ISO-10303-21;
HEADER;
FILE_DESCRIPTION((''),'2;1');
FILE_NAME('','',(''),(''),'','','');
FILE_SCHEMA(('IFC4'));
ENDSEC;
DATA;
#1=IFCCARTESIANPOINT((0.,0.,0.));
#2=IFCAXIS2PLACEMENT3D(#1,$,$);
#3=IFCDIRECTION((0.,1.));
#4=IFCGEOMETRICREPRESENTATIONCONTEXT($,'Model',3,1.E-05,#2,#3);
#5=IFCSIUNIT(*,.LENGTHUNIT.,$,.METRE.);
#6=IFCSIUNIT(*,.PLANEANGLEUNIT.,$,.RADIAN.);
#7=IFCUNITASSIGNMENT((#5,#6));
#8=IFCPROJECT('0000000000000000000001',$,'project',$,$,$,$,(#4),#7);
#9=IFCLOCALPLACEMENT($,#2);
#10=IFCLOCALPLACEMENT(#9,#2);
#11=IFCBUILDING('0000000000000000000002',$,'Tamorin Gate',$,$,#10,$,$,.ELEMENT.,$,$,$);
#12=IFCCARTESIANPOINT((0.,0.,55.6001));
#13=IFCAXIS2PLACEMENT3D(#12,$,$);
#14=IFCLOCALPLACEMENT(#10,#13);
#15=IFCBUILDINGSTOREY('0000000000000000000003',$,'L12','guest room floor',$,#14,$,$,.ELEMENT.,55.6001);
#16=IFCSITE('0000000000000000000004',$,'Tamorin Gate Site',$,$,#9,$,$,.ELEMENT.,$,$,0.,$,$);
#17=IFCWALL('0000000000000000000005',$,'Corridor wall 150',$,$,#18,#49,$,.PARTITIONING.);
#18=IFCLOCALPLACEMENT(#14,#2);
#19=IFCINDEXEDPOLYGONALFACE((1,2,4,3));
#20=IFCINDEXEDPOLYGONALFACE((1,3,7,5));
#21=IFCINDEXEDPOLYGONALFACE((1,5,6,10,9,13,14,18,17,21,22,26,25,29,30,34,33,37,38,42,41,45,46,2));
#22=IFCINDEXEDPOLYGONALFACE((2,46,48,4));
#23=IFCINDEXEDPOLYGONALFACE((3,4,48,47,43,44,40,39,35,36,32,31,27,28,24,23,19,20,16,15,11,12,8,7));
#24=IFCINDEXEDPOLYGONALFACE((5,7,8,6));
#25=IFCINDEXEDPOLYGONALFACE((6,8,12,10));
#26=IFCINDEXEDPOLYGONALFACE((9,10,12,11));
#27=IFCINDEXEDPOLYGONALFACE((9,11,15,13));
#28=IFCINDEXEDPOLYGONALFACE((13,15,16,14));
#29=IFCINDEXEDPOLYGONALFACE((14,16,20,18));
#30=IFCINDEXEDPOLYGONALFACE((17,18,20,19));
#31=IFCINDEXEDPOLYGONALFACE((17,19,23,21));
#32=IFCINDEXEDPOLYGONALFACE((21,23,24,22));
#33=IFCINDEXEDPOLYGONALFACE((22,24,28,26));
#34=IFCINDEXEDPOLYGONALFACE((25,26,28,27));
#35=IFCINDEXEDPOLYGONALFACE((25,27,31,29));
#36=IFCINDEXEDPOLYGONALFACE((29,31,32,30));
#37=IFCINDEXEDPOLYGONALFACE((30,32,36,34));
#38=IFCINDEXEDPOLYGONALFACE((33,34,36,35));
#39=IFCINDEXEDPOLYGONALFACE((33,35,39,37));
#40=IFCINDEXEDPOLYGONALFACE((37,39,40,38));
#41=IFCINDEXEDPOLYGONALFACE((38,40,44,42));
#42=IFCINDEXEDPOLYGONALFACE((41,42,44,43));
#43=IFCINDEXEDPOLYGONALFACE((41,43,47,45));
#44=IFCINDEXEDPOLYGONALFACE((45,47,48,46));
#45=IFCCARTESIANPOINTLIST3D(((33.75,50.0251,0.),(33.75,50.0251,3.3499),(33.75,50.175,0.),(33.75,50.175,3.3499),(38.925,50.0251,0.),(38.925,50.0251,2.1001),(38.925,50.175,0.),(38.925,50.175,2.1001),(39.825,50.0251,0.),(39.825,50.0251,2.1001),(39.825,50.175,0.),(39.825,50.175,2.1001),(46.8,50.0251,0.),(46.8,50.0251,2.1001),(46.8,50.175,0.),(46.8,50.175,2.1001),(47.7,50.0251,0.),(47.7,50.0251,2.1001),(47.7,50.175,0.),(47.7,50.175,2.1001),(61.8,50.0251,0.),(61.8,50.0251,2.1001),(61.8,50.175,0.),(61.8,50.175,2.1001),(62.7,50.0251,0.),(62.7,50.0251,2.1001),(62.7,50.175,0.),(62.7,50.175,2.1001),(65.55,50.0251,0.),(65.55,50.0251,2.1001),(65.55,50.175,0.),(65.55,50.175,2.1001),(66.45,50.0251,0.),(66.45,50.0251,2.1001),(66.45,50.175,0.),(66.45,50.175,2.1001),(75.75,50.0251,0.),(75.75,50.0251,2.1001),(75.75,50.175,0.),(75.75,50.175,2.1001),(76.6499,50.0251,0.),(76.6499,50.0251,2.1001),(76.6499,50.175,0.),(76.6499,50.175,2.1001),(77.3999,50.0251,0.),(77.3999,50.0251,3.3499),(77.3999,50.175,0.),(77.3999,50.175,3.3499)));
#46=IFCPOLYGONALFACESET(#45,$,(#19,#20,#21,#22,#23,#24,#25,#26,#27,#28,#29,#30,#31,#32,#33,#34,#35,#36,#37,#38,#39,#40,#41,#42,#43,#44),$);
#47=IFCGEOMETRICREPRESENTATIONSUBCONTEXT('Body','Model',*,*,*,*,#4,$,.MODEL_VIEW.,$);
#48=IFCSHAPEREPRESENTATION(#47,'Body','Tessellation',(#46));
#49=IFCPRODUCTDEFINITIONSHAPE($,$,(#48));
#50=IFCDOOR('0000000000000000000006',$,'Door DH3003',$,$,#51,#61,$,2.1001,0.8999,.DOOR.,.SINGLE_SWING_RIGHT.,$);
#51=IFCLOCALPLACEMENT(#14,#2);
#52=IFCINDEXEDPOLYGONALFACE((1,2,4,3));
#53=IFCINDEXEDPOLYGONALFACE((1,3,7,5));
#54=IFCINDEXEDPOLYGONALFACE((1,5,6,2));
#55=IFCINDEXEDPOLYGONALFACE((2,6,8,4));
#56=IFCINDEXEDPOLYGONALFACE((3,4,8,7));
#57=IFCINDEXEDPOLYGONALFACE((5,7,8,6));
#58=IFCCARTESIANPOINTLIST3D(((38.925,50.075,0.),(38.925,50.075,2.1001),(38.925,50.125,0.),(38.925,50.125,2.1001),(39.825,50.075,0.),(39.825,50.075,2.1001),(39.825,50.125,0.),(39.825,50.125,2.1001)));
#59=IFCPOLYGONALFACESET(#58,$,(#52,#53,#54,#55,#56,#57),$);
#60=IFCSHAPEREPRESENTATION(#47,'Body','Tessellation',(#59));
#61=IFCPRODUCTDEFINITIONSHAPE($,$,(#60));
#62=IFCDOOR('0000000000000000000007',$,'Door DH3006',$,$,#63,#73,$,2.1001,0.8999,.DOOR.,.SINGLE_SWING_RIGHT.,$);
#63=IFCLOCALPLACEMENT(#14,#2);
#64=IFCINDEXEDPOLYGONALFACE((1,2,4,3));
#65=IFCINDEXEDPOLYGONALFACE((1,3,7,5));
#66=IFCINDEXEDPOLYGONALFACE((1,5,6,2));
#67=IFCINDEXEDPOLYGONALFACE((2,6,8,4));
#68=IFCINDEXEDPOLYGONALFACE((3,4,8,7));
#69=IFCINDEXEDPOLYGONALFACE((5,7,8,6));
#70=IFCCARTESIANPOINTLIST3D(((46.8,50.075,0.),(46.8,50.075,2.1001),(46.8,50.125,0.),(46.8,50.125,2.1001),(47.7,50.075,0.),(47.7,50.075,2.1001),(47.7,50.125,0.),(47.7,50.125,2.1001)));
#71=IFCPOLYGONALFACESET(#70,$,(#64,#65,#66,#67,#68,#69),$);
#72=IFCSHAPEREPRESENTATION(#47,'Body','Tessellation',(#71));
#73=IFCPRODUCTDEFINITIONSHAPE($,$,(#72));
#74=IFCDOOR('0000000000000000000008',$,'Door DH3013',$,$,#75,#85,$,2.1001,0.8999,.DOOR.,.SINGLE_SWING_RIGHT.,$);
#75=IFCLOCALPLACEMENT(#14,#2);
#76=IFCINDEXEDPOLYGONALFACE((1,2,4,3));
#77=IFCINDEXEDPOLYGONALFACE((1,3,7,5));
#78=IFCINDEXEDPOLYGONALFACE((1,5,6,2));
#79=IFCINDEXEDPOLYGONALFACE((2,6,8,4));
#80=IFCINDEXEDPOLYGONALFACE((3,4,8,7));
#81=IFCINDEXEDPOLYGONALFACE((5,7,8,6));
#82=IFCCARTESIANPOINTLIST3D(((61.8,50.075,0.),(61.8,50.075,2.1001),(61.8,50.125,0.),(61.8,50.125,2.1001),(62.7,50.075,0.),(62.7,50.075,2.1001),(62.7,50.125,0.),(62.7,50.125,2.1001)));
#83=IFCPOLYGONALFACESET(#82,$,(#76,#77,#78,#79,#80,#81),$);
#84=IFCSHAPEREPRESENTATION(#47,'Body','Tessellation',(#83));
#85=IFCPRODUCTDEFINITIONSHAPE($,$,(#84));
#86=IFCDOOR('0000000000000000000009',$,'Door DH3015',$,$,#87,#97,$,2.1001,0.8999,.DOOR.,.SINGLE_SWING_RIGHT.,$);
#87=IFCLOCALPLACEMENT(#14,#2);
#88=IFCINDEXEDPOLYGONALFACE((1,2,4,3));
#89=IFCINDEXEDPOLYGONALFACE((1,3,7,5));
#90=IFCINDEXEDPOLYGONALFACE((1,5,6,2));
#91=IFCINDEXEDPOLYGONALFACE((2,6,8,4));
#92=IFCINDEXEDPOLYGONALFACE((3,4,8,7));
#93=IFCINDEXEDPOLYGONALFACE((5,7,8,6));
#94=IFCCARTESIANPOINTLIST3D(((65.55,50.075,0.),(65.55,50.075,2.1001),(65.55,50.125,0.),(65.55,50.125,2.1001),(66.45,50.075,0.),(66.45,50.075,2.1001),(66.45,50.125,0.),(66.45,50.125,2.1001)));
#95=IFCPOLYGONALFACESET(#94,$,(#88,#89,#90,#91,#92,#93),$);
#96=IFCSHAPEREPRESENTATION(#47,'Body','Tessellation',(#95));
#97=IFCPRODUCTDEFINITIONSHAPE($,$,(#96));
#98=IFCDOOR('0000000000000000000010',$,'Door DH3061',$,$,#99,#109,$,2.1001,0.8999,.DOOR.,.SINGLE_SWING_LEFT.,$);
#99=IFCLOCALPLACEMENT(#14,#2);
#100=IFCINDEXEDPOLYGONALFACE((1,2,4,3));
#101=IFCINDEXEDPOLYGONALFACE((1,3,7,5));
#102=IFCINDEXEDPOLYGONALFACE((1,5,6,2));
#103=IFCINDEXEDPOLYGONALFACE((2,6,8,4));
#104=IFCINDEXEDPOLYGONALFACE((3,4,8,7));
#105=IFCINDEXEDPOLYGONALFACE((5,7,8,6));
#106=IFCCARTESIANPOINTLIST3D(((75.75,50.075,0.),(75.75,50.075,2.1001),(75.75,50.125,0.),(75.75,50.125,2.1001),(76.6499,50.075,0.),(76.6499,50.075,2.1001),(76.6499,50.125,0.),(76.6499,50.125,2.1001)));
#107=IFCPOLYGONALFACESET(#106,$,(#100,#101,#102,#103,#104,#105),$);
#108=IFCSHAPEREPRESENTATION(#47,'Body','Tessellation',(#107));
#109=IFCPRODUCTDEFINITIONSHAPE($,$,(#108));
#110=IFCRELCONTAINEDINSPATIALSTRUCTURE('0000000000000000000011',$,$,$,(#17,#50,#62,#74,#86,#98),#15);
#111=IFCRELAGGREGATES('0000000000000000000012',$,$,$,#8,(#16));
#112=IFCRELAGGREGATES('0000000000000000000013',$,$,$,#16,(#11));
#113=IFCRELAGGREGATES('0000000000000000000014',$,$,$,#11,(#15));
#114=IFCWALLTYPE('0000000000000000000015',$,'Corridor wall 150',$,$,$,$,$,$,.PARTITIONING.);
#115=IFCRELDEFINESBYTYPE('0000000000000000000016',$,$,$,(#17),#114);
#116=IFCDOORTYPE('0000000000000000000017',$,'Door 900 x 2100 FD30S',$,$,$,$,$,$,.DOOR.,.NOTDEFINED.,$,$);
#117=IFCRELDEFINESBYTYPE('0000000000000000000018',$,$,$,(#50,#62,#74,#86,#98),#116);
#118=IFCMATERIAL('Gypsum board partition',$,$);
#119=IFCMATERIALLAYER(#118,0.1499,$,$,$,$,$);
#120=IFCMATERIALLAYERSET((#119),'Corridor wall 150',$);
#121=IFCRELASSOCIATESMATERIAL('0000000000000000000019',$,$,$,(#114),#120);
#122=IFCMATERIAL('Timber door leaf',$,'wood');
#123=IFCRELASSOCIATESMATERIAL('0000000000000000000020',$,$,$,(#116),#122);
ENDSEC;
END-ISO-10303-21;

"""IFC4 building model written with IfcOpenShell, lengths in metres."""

from ifc_helpers import new_model, si_unit, direction, frame, frame_2d, origin, place, context, subcontext, project, spatial, rectangle, extrude, material, layer, layer_set, type_object, element, fill, save


model = new_model("IFC4")

# Units and contexts
model_context = context("Model", 3, precision=1e-05, world=origin(), true_north=direction((0.0, 1.0)))
body_context = subcontext(model_context, "Body", "Model", "MODEL_VIEW")
ifc_project = project(units=[si_unit("LENGTHUNIT", "METRE"), si_unit("PLANEANGLEUNIT", "RADIAN")], contexts=[model_context])

# Site, building, storey
site_placement = place(None, origin())
site = spatial("IfcSite", under=ifc_project, at=site_placement, Name="Tamorin Gate Site", CompositionType="ELEMENT", RefElevation=0.0)
building_placement = place(site_placement, origin())
building = spatial("IfcBuilding", under=site, at=building_placement, Name="Tamorin Gate", CompositionType="ELEMENT")
storey_placement = place(building_placement, frame((0.0, 0.0, 55.6001)))
storey = spatial("IfcBuildingStorey", under=building, at=storey_placement, Name="L12", Description="guest room floor", CompositionType="ELEMENT", Elevation=55.6001)

# Wall, openings, doors
ifc_material_1 = material(Name="Gypsum board partition")
ifc_layer_1 = layer(ifc_material_1, 0.1499)
ifc_layer_set_1 = layer_set([ifc_layer_1], Name="Corridor wall 150")
wall_type_1 = type_object("IfcWallType", Name="Corridor wall 150", PredefinedType="PARTITIONING", material=ifc_layer_set_1)
wall_1_placement = place(storey_placement, frame((33.75, 50.1001, 0.0), z_axis=(0.0, 0.0, 1.0), x_axis=(1.0, 0.0, 0.0)))
wall_1 = element("IfcWall", 1, at=wall_1_placement, inside=storey, type_object=wall_type_1, Name="Corridor wall 150", PredefinedType="PARTITIONING", context=body_context, shape_type="SweptSolid", body=[
    extrude(rectangle(XDim=43.6499, YDim=0.1499, at=frame_2d((21.825, 0.0))), origin(), (0.0, 0.0, 1.0), 3.3499),
])
opening_1_placement = place(wall_1_placement, frame((5.175, 0.0, 0.0)))
opening_1 = element("IfcOpeningElement", 2, at=opening_1_placement, cuts=wall_1, PredefinedType="OPENING", context=body_context, shape_type="SweptSolid", body=[
    extrude(rectangle(XDim=0.8999, YDim=2.1001, at=frame_2d((0.45, 1.05))), frame((0.0, 0.085, 0.0), z_axis=(0.0, -1.0, 0.0), x_axis=(1.0, 0.0, 0.0)), (0.0, 0.0, 1.0), 0.1699),
])
opening_2_placement = place(wall_1_placement, frame((13.05, 0.0, 0.0)))
opening_2 = element("IfcOpeningElement", 3, at=opening_2_placement, cuts=wall_1, PredefinedType="OPENING", context=body_context, shape_type="SweptSolid", body=[
    extrude(rectangle(XDim=0.8999, YDim=2.1001, at=frame_2d((0.45, 1.05))), frame((0.0, 0.085, 0.0), z_axis=(0.0, -1.0, 0.0), x_axis=(1.0, 0.0, 0.0)), (0.0, 0.0, 1.0), 0.1699),
])
opening_3_placement = place(wall_1_placement, frame((28.05, 0.0, 0.0)))
opening_3 = element("IfcOpeningElement", 4, at=opening_3_placement, cuts=wall_1, PredefinedType="OPENING", context=body_context, shape_type="SweptSolid", body=[
    extrude(rectangle(XDim=0.8999, YDim=2.1001, at=frame_2d((0.45, 1.05))), frame((0.0, 0.085, 0.0), z_axis=(0.0, -1.0, 0.0), x_axis=(1.0, 0.0, 0.0)), (0.0, 0.0, 1.0), 0.1699),
])
opening_4_placement = place(wall_1_placement, frame((31.8, 0.0, 0.0)))
opening_4 = element("IfcOpeningElement", 5, at=opening_4_placement, cuts=wall_1, PredefinedType="OPENING", context=body_context, shape_type="SweptSolid", body=[
    extrude(rectangle(XDim=0.8999, YDim=2.1001, at=frame_2d((0.45, 1.05))), frame((0.0, 0.085, 0.0), z_axis=(0.0, -1.0, 0.0), x_axis=(1.0, 0.0, 0.0)), (0.0, 0.0, 1.0), 0.1699),
])
opening_5_placement = place(wall_1_placement, frame((42.0, 0.0, 0.0)))
opening_5 = element("IfcOpeningElement", 6, at=opening_5_placement, cuts=wall_1, PredefinedType="OPENING", context=body_context, shape_type="SweptSolid", body=[
    extrude(rectangle(XDim=0.8999, YDim=2.1001, at=frame_2d((0.45, 1.05))), frame((0.0, 0.085, 0.0), z_axis=(0.0, -1.0, 0.0), x_axis=(1.0, 0.0, 0.0)), (0.0, 0.0, 1.0), 0.1699),
])
ifc_material_2 = material(Name="Timber door leaf", Category="wood")
door_type_1 = type_object("IfcDoorType", Name="Door 900 x 2100 FD30S", OperationType="NOTDEFINED", PredefinedType="DOOR", material=ifc_material_2)
door_1_placement = place(opening_1_placement, origin())
door_1 = element("IfcDoor", 7, at=door_1_placement, inside=storey, type_object=door_type_1, Name="Door DH3003", OperationType="SINGLE_SWING_RIGHT", OverallHeight=2.1001, OverallWidth=0.8999, PredefinedType="DOOR", context=body_context, shape_type="SweptSolid", body=[
    extrude(rectangle(XDim=0.8999, YDim=2.1001, at=frame_2d((0.45, 1.05))), frame((0.0, 0.0249, 0.0), z_axis=(0.0, -1.0, 0.0), x_axis=(1.0, 0.0, 0.0)), (0.0, 0.0, 1.0), 0.05),
])
fill(opening_1, door_1)
door_2_placement = place(opening_2_placement, origin())
door_2 = element("IfcDoor", 8, at=door_2_placement, inside=storey, type_object=door_type_1, Name="Door DH3006", OperationType="SINGLE_SWING_RIGHT", OverallHeight=2.1001, OverallWidth=0.8999, PredefinedType="DOOR", context=body_context, shape_type="SweptSolid", body=[
    extrude(rectangle(XDim=0.8999, YDim=2.1001, at=frame_2d((0.45, 1.05))), frame((0.0, 0.0249, 0.0), z_axis=(0.0, -1.0, 0.0), x_axis=(1.0, 0.0, 0.0)), (0.0, 0.0, 1.0), 0.05),
])
fill(opening_2, door_2)
door_3_placement = place(opening_3_placement, origin())
door_3 = element("IfcDoor", 9, at=door_3_placement, inside=storey, type_object=door_type_1, Name="Door DH3013", OperationType="SINGLE_SWING_RIGHT", OverallHeight=2.1001, OverallWidth=0.8999, PredefinedType="DOOR", context=body_context, shape_type="SweptSolid", body=[
    extrude(rectangle(XDim=0.8999, YDim=2.1001, at=frame_2d((0.45, 1.05))), frame((0.0, 0.0249, 0.0), z_axis=(0.0, -1.0, 0.0), x_axis=(1.0, 0.0, 0.0)), (0.0, 0.0, 1.0), 0.05),
])
fill(opening_3, door_3)
door_4_placement = place(opening_4_placement, origin())
door_4 = element("IfcDoor", 10, at=door_4_placement, inside=storey, type_object=door_type_1, Name="Door DH3015", OperationType="SINGLE_SWING_RIGHT", OverallHeight=2.1001, OverallWidth=0.8999, PredefinedType="DOOR", context=body_context, shape_type="SweptSolid", body=[
    extrude(rectangle(XDim=0.8999, YDim=2.1001, at=frame_2d((0.45, 1.05))), frame((0.0, 0.0249, 0.0), z_axis=(0.0, -1.0, 0.0), x_axis=(1.0, 0.0, 0.0)), (0.0, 0.0, 1.0), 0.05),
])
fill(opening_4, door_4)
door_5_placement = place(opening_5_placement, origin())
door_5 = element("IfcDoor", 11, at=door_5_placement, inside=storey, type_object=door_type_1, Name="Door DH3061", OperationType="SINGLE_SWING_LEFT", OverallHeight=2.1001, OverallWidth=0.8999, PredefinedType="DOOR", context=body_context, shape_type="SweptSolid", body=[
    extrude(rectangle(XDim=0.8999, YDim=2.1001, at=frame_2d((0.45, 1.05))), frame((0.0, 0.0249, 0.0), z_axis=(0.0, -1.0, 0.0), x_axis=(1.0, 0.0, 0.0)), (0.0, 0.0, 1.0), 0.05),
])
fill(opening_5, door_5)

save(model, "model.ifc")
